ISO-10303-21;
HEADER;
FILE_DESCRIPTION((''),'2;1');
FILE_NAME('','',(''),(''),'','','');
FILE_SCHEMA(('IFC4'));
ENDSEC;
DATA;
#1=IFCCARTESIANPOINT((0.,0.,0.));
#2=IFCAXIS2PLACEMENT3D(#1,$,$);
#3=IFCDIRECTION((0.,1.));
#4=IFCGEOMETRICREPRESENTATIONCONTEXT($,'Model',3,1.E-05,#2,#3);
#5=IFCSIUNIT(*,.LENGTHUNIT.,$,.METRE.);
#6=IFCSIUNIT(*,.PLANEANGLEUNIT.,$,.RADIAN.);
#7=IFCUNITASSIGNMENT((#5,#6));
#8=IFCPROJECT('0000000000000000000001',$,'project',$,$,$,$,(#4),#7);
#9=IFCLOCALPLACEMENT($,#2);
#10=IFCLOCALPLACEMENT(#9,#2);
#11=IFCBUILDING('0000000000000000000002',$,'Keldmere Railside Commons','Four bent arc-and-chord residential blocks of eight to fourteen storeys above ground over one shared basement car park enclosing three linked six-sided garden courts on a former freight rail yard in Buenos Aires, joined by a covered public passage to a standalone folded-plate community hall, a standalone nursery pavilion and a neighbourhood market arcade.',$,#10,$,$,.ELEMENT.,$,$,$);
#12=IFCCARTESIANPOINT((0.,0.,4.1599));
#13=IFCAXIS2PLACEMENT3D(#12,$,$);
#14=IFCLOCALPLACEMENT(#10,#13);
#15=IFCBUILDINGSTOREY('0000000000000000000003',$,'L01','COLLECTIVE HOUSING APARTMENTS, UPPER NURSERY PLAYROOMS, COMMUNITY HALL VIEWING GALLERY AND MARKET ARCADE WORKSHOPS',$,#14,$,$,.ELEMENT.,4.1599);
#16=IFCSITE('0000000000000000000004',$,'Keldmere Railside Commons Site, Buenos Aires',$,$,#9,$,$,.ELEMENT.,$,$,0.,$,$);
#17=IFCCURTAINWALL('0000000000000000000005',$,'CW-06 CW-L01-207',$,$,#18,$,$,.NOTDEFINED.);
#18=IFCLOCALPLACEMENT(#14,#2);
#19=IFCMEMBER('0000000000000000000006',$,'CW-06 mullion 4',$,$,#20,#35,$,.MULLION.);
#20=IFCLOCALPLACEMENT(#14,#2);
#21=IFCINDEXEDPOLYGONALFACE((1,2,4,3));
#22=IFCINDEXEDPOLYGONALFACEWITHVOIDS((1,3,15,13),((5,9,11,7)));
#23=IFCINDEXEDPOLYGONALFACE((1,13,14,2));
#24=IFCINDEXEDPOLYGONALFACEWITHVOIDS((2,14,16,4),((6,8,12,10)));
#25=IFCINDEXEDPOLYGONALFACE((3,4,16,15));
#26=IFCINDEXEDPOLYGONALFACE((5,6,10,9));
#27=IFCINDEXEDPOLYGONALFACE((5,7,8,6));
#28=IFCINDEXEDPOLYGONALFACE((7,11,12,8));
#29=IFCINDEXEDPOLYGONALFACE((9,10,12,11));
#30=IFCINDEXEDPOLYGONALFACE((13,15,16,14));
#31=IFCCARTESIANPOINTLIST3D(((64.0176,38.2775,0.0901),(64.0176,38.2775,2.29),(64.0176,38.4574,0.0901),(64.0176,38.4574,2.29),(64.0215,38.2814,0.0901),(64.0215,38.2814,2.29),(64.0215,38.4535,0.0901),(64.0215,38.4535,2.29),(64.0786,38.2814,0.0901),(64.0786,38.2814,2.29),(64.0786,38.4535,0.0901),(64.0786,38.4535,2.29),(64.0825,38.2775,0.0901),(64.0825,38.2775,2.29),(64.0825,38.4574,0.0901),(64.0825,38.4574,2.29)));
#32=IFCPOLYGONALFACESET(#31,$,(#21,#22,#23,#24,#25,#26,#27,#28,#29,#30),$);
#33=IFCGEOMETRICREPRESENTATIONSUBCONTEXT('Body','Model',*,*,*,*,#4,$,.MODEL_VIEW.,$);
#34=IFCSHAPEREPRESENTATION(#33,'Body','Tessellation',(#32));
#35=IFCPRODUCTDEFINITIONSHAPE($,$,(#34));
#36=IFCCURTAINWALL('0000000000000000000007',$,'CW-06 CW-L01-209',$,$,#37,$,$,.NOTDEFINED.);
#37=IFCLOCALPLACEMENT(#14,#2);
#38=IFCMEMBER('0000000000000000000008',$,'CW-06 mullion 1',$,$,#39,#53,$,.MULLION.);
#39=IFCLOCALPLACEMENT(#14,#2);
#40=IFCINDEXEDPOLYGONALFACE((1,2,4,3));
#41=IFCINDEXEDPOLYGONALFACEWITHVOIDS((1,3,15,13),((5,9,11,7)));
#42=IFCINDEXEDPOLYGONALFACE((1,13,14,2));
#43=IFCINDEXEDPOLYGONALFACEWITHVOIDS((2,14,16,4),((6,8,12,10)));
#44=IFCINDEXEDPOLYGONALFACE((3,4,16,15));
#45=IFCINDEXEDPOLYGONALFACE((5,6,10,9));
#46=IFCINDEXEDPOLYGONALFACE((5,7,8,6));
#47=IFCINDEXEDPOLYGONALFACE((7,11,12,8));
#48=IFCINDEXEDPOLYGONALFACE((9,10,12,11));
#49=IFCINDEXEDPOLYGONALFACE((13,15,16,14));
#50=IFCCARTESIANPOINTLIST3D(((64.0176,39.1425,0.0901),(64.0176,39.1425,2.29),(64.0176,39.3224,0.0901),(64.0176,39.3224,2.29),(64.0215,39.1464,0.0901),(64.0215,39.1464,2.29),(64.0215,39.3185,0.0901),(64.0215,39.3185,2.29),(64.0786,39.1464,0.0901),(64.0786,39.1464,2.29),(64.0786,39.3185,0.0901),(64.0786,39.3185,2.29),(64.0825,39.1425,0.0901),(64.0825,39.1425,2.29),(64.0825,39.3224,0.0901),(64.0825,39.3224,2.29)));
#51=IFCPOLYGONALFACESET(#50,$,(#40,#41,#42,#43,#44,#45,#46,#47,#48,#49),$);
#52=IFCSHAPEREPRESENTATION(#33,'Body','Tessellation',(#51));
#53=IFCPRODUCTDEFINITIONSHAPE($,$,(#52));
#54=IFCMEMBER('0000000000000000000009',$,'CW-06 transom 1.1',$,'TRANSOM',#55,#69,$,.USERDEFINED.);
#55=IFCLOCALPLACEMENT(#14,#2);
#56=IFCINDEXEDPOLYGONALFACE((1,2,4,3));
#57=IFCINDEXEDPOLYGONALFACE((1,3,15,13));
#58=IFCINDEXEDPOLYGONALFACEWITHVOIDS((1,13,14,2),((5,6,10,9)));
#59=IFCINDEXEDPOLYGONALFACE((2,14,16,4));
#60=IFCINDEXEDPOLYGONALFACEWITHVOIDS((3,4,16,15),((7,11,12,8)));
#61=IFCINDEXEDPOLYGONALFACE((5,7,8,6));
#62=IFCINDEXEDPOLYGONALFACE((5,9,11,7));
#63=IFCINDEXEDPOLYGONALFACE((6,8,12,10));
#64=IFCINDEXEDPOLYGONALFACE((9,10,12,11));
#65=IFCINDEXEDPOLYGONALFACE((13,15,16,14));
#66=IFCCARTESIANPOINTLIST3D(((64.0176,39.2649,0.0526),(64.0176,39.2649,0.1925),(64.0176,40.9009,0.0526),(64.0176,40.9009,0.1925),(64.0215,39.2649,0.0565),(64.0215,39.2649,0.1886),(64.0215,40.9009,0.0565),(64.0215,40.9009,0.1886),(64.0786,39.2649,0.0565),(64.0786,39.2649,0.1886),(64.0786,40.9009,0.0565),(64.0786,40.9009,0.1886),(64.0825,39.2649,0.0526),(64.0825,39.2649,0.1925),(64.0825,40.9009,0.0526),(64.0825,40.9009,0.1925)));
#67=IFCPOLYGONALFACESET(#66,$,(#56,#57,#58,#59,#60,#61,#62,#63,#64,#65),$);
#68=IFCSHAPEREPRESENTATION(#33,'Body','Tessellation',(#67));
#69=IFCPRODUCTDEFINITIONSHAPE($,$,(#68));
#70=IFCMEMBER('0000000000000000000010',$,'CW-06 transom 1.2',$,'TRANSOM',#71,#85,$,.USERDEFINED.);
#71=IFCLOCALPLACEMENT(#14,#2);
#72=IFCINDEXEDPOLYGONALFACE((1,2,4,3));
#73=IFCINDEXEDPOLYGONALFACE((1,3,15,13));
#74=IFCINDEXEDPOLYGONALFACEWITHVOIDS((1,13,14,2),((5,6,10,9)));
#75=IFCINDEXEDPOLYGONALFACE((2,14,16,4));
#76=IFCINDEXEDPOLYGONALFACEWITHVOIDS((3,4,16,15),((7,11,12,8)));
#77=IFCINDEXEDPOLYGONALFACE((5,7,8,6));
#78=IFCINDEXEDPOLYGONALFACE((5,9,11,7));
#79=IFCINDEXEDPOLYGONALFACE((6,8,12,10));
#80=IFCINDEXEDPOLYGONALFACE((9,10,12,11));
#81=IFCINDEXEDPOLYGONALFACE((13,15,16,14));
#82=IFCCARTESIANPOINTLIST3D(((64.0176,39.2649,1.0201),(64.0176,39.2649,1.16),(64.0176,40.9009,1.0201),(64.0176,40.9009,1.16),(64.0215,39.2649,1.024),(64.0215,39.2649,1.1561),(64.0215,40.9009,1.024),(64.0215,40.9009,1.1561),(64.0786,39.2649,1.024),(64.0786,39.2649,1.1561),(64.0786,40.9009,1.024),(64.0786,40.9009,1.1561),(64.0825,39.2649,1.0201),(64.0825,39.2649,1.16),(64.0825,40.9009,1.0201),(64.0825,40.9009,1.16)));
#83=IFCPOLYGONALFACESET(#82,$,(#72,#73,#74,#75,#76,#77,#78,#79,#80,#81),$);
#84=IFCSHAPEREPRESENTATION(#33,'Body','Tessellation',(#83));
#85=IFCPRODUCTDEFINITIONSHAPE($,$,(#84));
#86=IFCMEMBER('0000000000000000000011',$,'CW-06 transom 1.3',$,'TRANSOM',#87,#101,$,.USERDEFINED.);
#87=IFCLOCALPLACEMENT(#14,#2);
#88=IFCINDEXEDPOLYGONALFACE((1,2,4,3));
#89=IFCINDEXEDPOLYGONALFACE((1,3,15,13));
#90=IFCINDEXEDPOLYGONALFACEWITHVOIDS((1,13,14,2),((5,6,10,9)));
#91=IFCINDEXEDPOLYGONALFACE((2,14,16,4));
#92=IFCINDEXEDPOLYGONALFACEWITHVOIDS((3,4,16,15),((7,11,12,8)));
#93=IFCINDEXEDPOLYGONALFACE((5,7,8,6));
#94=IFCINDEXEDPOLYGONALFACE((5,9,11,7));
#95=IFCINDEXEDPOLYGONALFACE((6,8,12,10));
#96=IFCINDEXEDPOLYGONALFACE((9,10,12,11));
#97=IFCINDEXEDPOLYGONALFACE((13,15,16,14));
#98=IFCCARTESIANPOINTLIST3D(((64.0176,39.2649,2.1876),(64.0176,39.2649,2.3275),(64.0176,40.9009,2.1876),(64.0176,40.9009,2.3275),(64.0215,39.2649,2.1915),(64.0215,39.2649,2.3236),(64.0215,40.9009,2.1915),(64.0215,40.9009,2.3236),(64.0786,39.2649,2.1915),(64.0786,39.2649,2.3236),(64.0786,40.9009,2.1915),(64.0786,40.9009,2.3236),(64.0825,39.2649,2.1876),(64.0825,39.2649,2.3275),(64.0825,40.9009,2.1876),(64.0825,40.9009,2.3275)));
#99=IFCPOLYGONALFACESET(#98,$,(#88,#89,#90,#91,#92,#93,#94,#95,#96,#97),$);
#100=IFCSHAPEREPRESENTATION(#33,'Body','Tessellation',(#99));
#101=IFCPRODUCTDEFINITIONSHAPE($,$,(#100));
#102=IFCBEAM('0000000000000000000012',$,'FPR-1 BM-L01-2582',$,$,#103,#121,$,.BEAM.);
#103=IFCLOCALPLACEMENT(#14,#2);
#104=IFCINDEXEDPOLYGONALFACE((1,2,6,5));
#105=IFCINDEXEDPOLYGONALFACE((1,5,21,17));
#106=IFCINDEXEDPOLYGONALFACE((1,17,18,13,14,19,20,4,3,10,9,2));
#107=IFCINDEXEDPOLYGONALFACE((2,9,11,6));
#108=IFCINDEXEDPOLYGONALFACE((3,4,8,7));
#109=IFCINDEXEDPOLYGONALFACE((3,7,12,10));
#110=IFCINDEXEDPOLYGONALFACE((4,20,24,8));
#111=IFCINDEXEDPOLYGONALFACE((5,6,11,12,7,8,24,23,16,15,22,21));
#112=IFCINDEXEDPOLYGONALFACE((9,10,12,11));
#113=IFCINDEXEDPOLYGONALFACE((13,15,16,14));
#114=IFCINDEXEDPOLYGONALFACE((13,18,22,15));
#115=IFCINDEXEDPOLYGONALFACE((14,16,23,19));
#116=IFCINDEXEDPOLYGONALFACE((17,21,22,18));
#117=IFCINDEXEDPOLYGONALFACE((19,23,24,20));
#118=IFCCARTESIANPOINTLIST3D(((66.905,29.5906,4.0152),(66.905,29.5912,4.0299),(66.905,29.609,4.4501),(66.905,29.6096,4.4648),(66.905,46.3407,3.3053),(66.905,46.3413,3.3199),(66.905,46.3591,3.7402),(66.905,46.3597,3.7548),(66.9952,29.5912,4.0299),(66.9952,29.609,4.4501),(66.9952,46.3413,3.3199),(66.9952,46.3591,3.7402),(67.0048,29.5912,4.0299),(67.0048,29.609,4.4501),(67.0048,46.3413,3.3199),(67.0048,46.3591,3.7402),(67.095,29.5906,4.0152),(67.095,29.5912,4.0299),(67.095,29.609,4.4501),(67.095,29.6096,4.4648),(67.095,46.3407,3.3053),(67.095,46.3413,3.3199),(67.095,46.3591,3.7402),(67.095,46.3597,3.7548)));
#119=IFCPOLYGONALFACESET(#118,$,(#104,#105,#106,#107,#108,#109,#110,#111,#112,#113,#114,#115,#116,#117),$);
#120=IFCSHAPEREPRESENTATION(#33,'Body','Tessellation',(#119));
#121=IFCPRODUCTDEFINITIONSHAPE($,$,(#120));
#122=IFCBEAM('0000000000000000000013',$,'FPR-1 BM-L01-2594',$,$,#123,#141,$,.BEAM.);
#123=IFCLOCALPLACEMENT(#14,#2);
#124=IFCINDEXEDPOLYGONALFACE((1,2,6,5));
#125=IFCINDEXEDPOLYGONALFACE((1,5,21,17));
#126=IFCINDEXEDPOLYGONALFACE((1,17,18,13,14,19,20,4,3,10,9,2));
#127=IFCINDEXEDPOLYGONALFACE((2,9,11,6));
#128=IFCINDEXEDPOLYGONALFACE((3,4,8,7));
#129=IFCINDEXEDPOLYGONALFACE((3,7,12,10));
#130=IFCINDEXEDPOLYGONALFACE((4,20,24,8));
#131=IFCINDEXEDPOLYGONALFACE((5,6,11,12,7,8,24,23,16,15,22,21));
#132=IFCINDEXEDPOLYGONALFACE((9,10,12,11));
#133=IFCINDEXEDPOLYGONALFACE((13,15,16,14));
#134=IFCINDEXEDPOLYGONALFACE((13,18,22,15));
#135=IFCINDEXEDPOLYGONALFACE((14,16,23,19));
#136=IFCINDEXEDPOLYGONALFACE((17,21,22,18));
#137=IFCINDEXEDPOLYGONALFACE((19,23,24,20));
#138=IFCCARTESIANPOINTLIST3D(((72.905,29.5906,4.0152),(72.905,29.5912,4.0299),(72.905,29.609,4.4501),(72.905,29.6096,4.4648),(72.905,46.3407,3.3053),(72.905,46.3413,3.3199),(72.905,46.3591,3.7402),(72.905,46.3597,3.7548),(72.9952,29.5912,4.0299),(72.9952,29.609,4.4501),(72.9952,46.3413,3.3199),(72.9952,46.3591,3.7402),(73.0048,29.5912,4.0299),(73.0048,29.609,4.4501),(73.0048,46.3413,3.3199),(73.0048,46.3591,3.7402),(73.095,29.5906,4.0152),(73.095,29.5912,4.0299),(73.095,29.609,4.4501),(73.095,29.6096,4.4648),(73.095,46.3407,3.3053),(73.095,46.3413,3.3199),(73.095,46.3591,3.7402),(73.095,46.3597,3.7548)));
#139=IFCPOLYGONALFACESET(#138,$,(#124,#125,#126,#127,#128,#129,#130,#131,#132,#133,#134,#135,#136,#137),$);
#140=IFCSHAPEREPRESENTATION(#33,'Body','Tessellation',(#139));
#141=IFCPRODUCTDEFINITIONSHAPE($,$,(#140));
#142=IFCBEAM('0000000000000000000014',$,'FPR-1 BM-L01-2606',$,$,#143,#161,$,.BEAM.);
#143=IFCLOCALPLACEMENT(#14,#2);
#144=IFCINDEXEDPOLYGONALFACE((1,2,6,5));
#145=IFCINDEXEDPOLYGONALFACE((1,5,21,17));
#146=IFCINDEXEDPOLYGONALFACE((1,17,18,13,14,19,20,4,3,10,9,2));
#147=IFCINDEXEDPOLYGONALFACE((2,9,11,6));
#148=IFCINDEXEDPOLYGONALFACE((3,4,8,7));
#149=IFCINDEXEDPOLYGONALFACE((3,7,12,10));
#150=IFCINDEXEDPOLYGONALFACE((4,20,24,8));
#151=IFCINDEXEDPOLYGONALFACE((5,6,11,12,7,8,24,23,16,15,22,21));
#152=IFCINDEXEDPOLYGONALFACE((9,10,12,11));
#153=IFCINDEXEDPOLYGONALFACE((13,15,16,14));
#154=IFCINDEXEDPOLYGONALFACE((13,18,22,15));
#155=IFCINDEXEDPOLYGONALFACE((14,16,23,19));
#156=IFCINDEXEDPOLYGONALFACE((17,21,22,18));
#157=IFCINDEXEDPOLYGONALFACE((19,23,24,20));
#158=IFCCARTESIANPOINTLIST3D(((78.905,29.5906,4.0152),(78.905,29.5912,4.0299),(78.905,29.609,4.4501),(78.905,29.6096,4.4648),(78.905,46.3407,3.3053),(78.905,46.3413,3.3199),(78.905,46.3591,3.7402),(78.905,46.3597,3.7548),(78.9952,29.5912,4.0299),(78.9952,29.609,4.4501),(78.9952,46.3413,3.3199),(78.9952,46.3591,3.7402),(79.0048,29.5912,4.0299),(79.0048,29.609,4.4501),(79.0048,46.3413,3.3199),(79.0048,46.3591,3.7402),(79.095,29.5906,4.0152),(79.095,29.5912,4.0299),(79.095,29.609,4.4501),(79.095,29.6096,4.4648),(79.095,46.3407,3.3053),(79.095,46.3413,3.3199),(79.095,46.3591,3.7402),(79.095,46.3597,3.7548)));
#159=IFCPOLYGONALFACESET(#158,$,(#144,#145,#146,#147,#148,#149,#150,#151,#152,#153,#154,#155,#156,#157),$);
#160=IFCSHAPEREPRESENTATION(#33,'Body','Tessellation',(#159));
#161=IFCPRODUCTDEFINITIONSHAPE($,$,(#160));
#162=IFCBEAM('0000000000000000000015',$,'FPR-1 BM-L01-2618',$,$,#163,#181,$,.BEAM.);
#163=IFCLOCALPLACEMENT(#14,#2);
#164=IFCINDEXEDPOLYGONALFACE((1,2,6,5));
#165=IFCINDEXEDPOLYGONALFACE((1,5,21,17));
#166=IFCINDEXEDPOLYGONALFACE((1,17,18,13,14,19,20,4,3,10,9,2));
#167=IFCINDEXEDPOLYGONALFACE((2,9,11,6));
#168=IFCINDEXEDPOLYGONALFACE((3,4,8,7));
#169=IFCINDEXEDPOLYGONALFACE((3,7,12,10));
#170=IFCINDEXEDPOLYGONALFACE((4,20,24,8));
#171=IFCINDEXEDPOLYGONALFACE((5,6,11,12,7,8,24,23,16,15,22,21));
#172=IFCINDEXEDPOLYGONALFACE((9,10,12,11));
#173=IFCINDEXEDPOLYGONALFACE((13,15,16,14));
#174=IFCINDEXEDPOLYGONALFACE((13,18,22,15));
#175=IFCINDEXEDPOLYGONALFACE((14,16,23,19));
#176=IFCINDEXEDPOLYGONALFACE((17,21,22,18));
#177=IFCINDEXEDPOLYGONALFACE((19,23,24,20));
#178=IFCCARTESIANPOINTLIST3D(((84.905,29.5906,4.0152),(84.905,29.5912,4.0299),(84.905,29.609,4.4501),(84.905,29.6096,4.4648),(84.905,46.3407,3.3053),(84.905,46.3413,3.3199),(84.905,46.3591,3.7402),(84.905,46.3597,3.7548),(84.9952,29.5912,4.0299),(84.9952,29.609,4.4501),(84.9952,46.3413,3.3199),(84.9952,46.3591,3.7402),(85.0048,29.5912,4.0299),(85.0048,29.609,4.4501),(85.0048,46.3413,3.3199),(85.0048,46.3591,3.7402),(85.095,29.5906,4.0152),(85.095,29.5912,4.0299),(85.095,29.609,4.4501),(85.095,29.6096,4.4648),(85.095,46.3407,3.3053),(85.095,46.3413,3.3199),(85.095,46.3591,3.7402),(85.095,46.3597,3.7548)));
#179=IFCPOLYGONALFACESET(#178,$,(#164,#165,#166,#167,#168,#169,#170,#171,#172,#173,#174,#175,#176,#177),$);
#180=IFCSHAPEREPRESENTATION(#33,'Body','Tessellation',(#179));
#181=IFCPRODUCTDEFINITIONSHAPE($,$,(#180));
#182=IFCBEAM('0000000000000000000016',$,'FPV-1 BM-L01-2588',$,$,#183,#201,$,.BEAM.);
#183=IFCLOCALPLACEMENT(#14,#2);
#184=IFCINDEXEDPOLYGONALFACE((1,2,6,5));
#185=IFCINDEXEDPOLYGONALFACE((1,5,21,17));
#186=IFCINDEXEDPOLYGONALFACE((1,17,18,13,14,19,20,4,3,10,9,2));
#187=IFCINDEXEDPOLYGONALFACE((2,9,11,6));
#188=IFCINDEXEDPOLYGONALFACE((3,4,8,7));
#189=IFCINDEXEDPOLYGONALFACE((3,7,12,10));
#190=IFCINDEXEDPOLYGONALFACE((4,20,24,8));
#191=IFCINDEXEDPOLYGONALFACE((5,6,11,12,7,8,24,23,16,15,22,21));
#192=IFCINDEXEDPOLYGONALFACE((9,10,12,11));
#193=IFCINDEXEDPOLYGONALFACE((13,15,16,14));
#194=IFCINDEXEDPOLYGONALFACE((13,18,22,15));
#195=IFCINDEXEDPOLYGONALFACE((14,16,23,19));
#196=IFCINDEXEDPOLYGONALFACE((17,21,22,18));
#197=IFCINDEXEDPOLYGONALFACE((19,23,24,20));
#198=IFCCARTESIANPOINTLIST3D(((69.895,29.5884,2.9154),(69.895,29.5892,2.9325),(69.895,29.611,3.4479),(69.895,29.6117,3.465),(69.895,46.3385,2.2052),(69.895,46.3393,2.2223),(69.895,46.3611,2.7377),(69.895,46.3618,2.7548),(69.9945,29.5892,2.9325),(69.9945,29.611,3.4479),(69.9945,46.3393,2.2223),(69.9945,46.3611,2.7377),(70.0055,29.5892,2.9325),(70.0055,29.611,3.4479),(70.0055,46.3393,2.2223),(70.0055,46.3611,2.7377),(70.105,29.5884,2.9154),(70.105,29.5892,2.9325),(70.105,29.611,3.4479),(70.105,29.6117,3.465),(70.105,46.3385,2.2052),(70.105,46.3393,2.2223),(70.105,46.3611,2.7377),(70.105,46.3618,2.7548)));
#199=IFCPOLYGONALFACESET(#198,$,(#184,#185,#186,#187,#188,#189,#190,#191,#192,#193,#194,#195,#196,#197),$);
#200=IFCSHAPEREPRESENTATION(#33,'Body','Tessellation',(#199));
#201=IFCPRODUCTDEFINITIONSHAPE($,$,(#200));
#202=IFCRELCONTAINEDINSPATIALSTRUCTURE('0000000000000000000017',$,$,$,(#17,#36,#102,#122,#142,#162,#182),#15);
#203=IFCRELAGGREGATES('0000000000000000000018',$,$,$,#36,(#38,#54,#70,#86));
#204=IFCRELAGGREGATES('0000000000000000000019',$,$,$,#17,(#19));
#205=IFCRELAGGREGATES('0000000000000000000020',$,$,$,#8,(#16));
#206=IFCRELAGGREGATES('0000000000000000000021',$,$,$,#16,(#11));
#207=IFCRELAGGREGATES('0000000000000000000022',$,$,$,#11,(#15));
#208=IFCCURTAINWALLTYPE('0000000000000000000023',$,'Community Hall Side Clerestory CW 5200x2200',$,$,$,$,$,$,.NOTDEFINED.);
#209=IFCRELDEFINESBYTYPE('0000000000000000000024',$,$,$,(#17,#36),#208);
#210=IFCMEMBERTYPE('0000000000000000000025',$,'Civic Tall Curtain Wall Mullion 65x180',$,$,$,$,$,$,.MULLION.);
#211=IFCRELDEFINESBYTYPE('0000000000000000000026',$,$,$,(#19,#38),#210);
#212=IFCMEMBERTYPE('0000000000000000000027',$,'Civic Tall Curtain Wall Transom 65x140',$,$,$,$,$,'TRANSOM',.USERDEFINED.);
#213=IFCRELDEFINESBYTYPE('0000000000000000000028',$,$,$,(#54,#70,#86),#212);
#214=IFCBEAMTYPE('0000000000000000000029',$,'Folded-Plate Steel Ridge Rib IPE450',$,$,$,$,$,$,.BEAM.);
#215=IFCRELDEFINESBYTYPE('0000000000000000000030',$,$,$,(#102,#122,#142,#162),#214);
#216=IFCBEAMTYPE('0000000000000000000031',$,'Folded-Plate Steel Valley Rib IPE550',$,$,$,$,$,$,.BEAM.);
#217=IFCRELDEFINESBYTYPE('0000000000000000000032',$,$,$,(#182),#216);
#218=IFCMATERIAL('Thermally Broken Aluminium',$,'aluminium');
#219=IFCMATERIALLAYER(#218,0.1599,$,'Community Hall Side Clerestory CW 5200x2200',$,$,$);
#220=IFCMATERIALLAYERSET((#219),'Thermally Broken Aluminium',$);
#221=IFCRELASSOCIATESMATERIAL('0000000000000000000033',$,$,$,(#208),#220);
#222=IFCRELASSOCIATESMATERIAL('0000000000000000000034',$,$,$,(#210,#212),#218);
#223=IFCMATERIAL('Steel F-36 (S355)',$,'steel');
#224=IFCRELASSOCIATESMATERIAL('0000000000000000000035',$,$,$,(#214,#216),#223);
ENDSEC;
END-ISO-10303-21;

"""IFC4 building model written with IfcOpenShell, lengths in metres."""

from ifc_helpers import new_model, si_unit, direction, frame, origin, origin_2d, place, context, subcontext, project, spatial, hollow_rectangle, i_section, extrude, material, layer, layer_set, material_profile, profile_set, type_object, element, aggregate, save


model = new_model("IFC4")

# Units and contexts
model_context = context("Model", 3, precision=1e-05, world=origin(), true_north=direction((0.0, 1.0)))
body_context = subcontext(model_context, "Body", "Model", "MODEL_VIEW")
ifc_project = project(units=[si_unit("LENGTHUNIT", "METRE"), si_unit("PLANEANGLEUNIT", "RADIAN")], contexts=[model_context])

# Site, building, storey
site_placement = place(None, origin())
site = spatial("IfcSite", under=ifc_project, at=site_placement, Name="Keldmere Railside Commons Site, Buenos Aires", CompositionType="ELEMENT", RefElevation=0.0)
building_placement = place(site_placement, origin())
building = spatial("IfcBuilding", under=site, at=building_placement, Name="Keldmere Railside Commons", Description="Four bent arc-and-chord residential blocks of eight to fourteen storeys above ground over one shared basement car park enclosing three linked six-sided garden courts on a former freight rail yard in Buenos Aires, joined by a covered public passage to a standalone folded-plate community hall, a standalone nursery pavilion and a neighbourhood market arcade.", CompositionType="ELEMENT")
storey_placement = place(building_placement, frame((0.0, 0.0, 4.1599)))
storey = spatial("IfcBuildingStorey", under=building, at=storey_placement, Name="L01", Description="COLLECTIVE HOUSING APARTMENTS, UPPER NURSERY PLAYROOMS, COMMUNITY HALL VIEWING GALLERY AND MARKET ARCADE WORKSHOPS", CompositionType="ELEMENT", Elevation=4.1599)

# Curtain wall, member
ifc_material_1 = material(Name="Thermally Broken Aluminium", Category="aluminium")
ifc_layer_1 = layer(ifc_material_1, 0.1599, Name="Community Hall Side Clerestory CW 5200x2200")
ifc_layer_set_1 = layer_set([ifc_layer_1], Name="Thermally Broken Aluminium")
curtain_wall_type = type_object("IfcCurtainWallType", Name="Community Hall Side Clerestory CW 5200x2200", PredefinedType="NOTDEFINED", material=ifc_layer_set_1)
curtain_wall_1_placement = place(storey_placement, origin())
curtain_wall_1 = element("IfcCurtainWall", 1, at=curtain_wall_1_placement, inside=storey, type_object=curtain_wall_type, Name="CW-06 CW-L01-207", PredefinedType="NOTDEFINED")
ifc_material_profile_1 = material_profile(ifc_material_1, hollow_rectangle(XDim=0.0649, YDim=0.1799, WallThickness=0.0039, at=origin_2d()), Name="ALU-MULL-65x180")
ifc_profile_set_1 = profile_set([ifc_material_profile_1], Name="Thermally Broken Aluminium")
member_type_1 = type_object("IfcMemberType", Name="Civic Tall Curtain Wall Mullion 65x180", PredefinedType="MULLION", material=ifc_profile_set_1)
member_1_placement = place(storey_placement, frame((64.05, 38.3674, 0.0901), z_axis=(0.0, 0.0, 1.0), x_axis=(-1.0, 0.0, 0.0)))
member_1 = element("IfcMember", 2, at=member_1_placement, type_object=member_type_1, Name="CW-06 mullion 4", PredefinedType="MULLION", context=body_context, shape_type="SweptSolid", body=[
    extrude(hollow_rectangle(XDim=0.0649, YDim=0.1799, WallThickness=0.0039, at=origin_2d()), origin(), (0.0, 0.0, 1.0), 2.2),
])

# Curtain wall, members
curtain_wall_2_placement = place(storey_placement, origin())
curtain_wall_2 = element("IfcCurtainWall", 3, at=curtain_wall_2_placement, inside=storey, type_object=curtain_wall_type, Name="CW-06 CW-L01-209", PredefinedType="NOTDEFINED")
member_2_placement = place(storey_placement, frame((64.05, 39.2324, 0.0901), z_axis=(0.0, 0.0, 1.0), x_axis=(-1.0, 0.0, 0.0)))
member_2 = element("IfcMember", 4, at=member_2_placement, type_object=member_type_1, Name="CW-06 mullion 1", PredefinedType="MULLION", context=body_context, shape_type="SweptSolid", body=[
    extrude(hollow_rectangle(XDim=0.0649, YDim=0.1799, WallThickness=0.0039, at=origin_2d()), origin(), (0.0, 0.0, 1.0), 2.2),
])
ifc_material_profile_2 = material_profile(ifc_material_1, hollow_rectangle(XDim=0.0649, YDim=0.1399, WallThickness=0.0039, at=origin_2d()), Name="ALU-TRAN-65x140")
ifc_profile_set_2 = profile_set([ifc_material_profile_2], Name="Thermally Broken Aluminium")
member_type_2 = type_object("IfcMemberType", Name="Civic Tall Curtain Wall Transom 65x140", ElementType="TRANSOM", PredefinedType="USERDEFINED", material=ifc_profile_set_2)
member_3_placement = place(storey_placement, frame((64.05, 39.2649, 0.1226), z_axis=(0.0, 1.0, 0.0), x_axis=(-1.0, 0.0, 0.0)))
member_3 = element("IfcMember", 5, at=member_3_placement, type_object=member_type_2, Name="CW-06 transom 1.1", ObjectType="TRANSOM", PredefinedType="USERDEFINED", context=body_context, shape_type="SweptSolid", body=[
    extrude(hollow_rectangle(XDim=0.0649, YDim=0.1399, WallThickness=0.0039, at=origin_2d()), origin(), (0.0, 0.0, 1.0), 1.636),
])
member_4_placement = place(storey_placement, frame((64.05, 39.2649, 1.0901), z_axis=(0.0, 1.0, 0.0), x_axis=(-1.0, 0.0, 0.0)))
member_4 = element("IfcMember", 6, at=member_4_placement, type_object=member_type_2, Name="CW-06 transom 1.2", ObjectType="TRANSOM", PredefinedType="USERDEFINED", context=body_context, shape_type="SweptSolid", body=[
    extrude(hollow_rectangle(XDim=0.0649, YDim=0.1399, WallThickness=0.0039, at=origin_2d()), origin(), (0.0, 0.0, 1.0), 1.636),
])
member_5_placement = place(storey_placement, frame((64.05, 39.2649, 2.2576), z_axis=(0.0, 1.0, 0.0), x_axis=(-1.0, 0.0, 0.0)))
member_5 = element("IfcMember", 7, at=member_5_placement, type_object=member_type_2, Name="CW-06 transom 1.3", ObjectType="TRANSOM", PredefinedType="USERDEFINED", context=body_context, shape_type="SweptSolid", body=[
    extrude(hollow_rectangle(XDim=0.0649, YDim=0.1399, WallThickness=0.0039, at=origin_2d()), origin(), (0.0, 0.0, 1.0), 1.636),
])
aggregate(curtain_wall_2, [member_2, member_3, member_4, member_5])

# Beams
ifc_material_2 = material(Name="Steel F-36 (S355)", Category="steel")
ifc_material_profile_3 = material_profile(ifc_material_2, i_section(OverallWidth=0.1899, OverallDepth=0.45, WebThickness=0.0095, FlangeThickness=0.0146, at=origin_2d()), Name="IPE-450")
ifc_profile_set_3 = profile_set([ifc_material_profile_3], Name="Steel F-36 (S355)")
beam_type_1 = type_object("IfcBeamType", Name="Folded-Plate Steel Ridge Rib IPE450", PredefinedType="BEAM", material=ifc_profile_set_3)
for number, where, z_axis, x_axis, name in (
    (8, (67.0, 29.6001, 4.24), (0.0, 0.999103, -0.042348), (-1.0, 0.0, 0.0), "FPR-1 BM-L01-2582"),
    (9, (73.0, 29.6001, 4.24), (0.0, 0.999103, -0.042348), (-1.0, 0.0, 0.0), "FPR-1 BM-L01-2594"),
    (10, (79.0, 29.6001, 4.24), (0.0, 0.999103, -0.042348), (-1.0, 0.0, 0.0), "FPR-1 BM-L01-2606"),
    (11, (85.0, 29.6001, 4.24), (0.0, 0.999103, -0.042348), (-1.0, 0.0, 0.0), "FPR-1 BM-L01-2618"),
):
    element("IfcBeam", number, at=place(storey_placement, frame(where, z_axis=z_axis, x_axis=x_axis)), inside=storey, type_object=beam_type_1, Name=name, PredefinedType="BEAM", context=body_context, shape_type="SweptSolid", body=[
        extrude(i_section(OverallWidth=0.1899, OverallDepth=0.45, WebThickness=0.0095, FlangeThickness=0.0146, at=origin_2d()), origin(), (0.0, 0.0, 1.0), 16.7651),
    ])
ifc_material_profile_4 = material_profile(ifc_material_2, i_section(OverallWidth=0.21, OverallDepth=0.55, WebThickness=0.011, FlangeThickness=0.0171, at=origin_2d()), Name="IPE-550")
ifc_profile_set_4 = profile_set([ifc_material_profile_4], Name="Steel F-36 (S355)")
beam_type_2 = type_object("IfcBeamType", Name="Folded-Plate Steel Valley Rib IPE550", PredefinedType="BEAM", material=ifc_profile_set_4)
for number, where, z_axis, x_axis, name in (
    (12, (70.0, 29.6001, 3.1902), (0.0, 0.999102, -0.042362), (-1.0, 0.0, 0.0), "FPV-1 BM-L01-2588"),
):
    element("IfcBeam", number, at=place(storey_placement, frame(where, z_axis=z_axis, x_axis=x_axis)), inside=storey, type_object=beam_type_2, Name=name, PredefinedType="BEAM", context=body_context, shape_type="SweptSolid", body=[
        extrude(i_section(OverallWidth=0.21, OverallDepth=0.55, WebThickness=0.011, FlangeThickness=0.0171, at=origin_2d()), origin(), (0.0, 0.0, 1.0), 16.7651),
    ])

aggregate(curtain_wall_1, [member_1])

save(model, "model.ifc")
